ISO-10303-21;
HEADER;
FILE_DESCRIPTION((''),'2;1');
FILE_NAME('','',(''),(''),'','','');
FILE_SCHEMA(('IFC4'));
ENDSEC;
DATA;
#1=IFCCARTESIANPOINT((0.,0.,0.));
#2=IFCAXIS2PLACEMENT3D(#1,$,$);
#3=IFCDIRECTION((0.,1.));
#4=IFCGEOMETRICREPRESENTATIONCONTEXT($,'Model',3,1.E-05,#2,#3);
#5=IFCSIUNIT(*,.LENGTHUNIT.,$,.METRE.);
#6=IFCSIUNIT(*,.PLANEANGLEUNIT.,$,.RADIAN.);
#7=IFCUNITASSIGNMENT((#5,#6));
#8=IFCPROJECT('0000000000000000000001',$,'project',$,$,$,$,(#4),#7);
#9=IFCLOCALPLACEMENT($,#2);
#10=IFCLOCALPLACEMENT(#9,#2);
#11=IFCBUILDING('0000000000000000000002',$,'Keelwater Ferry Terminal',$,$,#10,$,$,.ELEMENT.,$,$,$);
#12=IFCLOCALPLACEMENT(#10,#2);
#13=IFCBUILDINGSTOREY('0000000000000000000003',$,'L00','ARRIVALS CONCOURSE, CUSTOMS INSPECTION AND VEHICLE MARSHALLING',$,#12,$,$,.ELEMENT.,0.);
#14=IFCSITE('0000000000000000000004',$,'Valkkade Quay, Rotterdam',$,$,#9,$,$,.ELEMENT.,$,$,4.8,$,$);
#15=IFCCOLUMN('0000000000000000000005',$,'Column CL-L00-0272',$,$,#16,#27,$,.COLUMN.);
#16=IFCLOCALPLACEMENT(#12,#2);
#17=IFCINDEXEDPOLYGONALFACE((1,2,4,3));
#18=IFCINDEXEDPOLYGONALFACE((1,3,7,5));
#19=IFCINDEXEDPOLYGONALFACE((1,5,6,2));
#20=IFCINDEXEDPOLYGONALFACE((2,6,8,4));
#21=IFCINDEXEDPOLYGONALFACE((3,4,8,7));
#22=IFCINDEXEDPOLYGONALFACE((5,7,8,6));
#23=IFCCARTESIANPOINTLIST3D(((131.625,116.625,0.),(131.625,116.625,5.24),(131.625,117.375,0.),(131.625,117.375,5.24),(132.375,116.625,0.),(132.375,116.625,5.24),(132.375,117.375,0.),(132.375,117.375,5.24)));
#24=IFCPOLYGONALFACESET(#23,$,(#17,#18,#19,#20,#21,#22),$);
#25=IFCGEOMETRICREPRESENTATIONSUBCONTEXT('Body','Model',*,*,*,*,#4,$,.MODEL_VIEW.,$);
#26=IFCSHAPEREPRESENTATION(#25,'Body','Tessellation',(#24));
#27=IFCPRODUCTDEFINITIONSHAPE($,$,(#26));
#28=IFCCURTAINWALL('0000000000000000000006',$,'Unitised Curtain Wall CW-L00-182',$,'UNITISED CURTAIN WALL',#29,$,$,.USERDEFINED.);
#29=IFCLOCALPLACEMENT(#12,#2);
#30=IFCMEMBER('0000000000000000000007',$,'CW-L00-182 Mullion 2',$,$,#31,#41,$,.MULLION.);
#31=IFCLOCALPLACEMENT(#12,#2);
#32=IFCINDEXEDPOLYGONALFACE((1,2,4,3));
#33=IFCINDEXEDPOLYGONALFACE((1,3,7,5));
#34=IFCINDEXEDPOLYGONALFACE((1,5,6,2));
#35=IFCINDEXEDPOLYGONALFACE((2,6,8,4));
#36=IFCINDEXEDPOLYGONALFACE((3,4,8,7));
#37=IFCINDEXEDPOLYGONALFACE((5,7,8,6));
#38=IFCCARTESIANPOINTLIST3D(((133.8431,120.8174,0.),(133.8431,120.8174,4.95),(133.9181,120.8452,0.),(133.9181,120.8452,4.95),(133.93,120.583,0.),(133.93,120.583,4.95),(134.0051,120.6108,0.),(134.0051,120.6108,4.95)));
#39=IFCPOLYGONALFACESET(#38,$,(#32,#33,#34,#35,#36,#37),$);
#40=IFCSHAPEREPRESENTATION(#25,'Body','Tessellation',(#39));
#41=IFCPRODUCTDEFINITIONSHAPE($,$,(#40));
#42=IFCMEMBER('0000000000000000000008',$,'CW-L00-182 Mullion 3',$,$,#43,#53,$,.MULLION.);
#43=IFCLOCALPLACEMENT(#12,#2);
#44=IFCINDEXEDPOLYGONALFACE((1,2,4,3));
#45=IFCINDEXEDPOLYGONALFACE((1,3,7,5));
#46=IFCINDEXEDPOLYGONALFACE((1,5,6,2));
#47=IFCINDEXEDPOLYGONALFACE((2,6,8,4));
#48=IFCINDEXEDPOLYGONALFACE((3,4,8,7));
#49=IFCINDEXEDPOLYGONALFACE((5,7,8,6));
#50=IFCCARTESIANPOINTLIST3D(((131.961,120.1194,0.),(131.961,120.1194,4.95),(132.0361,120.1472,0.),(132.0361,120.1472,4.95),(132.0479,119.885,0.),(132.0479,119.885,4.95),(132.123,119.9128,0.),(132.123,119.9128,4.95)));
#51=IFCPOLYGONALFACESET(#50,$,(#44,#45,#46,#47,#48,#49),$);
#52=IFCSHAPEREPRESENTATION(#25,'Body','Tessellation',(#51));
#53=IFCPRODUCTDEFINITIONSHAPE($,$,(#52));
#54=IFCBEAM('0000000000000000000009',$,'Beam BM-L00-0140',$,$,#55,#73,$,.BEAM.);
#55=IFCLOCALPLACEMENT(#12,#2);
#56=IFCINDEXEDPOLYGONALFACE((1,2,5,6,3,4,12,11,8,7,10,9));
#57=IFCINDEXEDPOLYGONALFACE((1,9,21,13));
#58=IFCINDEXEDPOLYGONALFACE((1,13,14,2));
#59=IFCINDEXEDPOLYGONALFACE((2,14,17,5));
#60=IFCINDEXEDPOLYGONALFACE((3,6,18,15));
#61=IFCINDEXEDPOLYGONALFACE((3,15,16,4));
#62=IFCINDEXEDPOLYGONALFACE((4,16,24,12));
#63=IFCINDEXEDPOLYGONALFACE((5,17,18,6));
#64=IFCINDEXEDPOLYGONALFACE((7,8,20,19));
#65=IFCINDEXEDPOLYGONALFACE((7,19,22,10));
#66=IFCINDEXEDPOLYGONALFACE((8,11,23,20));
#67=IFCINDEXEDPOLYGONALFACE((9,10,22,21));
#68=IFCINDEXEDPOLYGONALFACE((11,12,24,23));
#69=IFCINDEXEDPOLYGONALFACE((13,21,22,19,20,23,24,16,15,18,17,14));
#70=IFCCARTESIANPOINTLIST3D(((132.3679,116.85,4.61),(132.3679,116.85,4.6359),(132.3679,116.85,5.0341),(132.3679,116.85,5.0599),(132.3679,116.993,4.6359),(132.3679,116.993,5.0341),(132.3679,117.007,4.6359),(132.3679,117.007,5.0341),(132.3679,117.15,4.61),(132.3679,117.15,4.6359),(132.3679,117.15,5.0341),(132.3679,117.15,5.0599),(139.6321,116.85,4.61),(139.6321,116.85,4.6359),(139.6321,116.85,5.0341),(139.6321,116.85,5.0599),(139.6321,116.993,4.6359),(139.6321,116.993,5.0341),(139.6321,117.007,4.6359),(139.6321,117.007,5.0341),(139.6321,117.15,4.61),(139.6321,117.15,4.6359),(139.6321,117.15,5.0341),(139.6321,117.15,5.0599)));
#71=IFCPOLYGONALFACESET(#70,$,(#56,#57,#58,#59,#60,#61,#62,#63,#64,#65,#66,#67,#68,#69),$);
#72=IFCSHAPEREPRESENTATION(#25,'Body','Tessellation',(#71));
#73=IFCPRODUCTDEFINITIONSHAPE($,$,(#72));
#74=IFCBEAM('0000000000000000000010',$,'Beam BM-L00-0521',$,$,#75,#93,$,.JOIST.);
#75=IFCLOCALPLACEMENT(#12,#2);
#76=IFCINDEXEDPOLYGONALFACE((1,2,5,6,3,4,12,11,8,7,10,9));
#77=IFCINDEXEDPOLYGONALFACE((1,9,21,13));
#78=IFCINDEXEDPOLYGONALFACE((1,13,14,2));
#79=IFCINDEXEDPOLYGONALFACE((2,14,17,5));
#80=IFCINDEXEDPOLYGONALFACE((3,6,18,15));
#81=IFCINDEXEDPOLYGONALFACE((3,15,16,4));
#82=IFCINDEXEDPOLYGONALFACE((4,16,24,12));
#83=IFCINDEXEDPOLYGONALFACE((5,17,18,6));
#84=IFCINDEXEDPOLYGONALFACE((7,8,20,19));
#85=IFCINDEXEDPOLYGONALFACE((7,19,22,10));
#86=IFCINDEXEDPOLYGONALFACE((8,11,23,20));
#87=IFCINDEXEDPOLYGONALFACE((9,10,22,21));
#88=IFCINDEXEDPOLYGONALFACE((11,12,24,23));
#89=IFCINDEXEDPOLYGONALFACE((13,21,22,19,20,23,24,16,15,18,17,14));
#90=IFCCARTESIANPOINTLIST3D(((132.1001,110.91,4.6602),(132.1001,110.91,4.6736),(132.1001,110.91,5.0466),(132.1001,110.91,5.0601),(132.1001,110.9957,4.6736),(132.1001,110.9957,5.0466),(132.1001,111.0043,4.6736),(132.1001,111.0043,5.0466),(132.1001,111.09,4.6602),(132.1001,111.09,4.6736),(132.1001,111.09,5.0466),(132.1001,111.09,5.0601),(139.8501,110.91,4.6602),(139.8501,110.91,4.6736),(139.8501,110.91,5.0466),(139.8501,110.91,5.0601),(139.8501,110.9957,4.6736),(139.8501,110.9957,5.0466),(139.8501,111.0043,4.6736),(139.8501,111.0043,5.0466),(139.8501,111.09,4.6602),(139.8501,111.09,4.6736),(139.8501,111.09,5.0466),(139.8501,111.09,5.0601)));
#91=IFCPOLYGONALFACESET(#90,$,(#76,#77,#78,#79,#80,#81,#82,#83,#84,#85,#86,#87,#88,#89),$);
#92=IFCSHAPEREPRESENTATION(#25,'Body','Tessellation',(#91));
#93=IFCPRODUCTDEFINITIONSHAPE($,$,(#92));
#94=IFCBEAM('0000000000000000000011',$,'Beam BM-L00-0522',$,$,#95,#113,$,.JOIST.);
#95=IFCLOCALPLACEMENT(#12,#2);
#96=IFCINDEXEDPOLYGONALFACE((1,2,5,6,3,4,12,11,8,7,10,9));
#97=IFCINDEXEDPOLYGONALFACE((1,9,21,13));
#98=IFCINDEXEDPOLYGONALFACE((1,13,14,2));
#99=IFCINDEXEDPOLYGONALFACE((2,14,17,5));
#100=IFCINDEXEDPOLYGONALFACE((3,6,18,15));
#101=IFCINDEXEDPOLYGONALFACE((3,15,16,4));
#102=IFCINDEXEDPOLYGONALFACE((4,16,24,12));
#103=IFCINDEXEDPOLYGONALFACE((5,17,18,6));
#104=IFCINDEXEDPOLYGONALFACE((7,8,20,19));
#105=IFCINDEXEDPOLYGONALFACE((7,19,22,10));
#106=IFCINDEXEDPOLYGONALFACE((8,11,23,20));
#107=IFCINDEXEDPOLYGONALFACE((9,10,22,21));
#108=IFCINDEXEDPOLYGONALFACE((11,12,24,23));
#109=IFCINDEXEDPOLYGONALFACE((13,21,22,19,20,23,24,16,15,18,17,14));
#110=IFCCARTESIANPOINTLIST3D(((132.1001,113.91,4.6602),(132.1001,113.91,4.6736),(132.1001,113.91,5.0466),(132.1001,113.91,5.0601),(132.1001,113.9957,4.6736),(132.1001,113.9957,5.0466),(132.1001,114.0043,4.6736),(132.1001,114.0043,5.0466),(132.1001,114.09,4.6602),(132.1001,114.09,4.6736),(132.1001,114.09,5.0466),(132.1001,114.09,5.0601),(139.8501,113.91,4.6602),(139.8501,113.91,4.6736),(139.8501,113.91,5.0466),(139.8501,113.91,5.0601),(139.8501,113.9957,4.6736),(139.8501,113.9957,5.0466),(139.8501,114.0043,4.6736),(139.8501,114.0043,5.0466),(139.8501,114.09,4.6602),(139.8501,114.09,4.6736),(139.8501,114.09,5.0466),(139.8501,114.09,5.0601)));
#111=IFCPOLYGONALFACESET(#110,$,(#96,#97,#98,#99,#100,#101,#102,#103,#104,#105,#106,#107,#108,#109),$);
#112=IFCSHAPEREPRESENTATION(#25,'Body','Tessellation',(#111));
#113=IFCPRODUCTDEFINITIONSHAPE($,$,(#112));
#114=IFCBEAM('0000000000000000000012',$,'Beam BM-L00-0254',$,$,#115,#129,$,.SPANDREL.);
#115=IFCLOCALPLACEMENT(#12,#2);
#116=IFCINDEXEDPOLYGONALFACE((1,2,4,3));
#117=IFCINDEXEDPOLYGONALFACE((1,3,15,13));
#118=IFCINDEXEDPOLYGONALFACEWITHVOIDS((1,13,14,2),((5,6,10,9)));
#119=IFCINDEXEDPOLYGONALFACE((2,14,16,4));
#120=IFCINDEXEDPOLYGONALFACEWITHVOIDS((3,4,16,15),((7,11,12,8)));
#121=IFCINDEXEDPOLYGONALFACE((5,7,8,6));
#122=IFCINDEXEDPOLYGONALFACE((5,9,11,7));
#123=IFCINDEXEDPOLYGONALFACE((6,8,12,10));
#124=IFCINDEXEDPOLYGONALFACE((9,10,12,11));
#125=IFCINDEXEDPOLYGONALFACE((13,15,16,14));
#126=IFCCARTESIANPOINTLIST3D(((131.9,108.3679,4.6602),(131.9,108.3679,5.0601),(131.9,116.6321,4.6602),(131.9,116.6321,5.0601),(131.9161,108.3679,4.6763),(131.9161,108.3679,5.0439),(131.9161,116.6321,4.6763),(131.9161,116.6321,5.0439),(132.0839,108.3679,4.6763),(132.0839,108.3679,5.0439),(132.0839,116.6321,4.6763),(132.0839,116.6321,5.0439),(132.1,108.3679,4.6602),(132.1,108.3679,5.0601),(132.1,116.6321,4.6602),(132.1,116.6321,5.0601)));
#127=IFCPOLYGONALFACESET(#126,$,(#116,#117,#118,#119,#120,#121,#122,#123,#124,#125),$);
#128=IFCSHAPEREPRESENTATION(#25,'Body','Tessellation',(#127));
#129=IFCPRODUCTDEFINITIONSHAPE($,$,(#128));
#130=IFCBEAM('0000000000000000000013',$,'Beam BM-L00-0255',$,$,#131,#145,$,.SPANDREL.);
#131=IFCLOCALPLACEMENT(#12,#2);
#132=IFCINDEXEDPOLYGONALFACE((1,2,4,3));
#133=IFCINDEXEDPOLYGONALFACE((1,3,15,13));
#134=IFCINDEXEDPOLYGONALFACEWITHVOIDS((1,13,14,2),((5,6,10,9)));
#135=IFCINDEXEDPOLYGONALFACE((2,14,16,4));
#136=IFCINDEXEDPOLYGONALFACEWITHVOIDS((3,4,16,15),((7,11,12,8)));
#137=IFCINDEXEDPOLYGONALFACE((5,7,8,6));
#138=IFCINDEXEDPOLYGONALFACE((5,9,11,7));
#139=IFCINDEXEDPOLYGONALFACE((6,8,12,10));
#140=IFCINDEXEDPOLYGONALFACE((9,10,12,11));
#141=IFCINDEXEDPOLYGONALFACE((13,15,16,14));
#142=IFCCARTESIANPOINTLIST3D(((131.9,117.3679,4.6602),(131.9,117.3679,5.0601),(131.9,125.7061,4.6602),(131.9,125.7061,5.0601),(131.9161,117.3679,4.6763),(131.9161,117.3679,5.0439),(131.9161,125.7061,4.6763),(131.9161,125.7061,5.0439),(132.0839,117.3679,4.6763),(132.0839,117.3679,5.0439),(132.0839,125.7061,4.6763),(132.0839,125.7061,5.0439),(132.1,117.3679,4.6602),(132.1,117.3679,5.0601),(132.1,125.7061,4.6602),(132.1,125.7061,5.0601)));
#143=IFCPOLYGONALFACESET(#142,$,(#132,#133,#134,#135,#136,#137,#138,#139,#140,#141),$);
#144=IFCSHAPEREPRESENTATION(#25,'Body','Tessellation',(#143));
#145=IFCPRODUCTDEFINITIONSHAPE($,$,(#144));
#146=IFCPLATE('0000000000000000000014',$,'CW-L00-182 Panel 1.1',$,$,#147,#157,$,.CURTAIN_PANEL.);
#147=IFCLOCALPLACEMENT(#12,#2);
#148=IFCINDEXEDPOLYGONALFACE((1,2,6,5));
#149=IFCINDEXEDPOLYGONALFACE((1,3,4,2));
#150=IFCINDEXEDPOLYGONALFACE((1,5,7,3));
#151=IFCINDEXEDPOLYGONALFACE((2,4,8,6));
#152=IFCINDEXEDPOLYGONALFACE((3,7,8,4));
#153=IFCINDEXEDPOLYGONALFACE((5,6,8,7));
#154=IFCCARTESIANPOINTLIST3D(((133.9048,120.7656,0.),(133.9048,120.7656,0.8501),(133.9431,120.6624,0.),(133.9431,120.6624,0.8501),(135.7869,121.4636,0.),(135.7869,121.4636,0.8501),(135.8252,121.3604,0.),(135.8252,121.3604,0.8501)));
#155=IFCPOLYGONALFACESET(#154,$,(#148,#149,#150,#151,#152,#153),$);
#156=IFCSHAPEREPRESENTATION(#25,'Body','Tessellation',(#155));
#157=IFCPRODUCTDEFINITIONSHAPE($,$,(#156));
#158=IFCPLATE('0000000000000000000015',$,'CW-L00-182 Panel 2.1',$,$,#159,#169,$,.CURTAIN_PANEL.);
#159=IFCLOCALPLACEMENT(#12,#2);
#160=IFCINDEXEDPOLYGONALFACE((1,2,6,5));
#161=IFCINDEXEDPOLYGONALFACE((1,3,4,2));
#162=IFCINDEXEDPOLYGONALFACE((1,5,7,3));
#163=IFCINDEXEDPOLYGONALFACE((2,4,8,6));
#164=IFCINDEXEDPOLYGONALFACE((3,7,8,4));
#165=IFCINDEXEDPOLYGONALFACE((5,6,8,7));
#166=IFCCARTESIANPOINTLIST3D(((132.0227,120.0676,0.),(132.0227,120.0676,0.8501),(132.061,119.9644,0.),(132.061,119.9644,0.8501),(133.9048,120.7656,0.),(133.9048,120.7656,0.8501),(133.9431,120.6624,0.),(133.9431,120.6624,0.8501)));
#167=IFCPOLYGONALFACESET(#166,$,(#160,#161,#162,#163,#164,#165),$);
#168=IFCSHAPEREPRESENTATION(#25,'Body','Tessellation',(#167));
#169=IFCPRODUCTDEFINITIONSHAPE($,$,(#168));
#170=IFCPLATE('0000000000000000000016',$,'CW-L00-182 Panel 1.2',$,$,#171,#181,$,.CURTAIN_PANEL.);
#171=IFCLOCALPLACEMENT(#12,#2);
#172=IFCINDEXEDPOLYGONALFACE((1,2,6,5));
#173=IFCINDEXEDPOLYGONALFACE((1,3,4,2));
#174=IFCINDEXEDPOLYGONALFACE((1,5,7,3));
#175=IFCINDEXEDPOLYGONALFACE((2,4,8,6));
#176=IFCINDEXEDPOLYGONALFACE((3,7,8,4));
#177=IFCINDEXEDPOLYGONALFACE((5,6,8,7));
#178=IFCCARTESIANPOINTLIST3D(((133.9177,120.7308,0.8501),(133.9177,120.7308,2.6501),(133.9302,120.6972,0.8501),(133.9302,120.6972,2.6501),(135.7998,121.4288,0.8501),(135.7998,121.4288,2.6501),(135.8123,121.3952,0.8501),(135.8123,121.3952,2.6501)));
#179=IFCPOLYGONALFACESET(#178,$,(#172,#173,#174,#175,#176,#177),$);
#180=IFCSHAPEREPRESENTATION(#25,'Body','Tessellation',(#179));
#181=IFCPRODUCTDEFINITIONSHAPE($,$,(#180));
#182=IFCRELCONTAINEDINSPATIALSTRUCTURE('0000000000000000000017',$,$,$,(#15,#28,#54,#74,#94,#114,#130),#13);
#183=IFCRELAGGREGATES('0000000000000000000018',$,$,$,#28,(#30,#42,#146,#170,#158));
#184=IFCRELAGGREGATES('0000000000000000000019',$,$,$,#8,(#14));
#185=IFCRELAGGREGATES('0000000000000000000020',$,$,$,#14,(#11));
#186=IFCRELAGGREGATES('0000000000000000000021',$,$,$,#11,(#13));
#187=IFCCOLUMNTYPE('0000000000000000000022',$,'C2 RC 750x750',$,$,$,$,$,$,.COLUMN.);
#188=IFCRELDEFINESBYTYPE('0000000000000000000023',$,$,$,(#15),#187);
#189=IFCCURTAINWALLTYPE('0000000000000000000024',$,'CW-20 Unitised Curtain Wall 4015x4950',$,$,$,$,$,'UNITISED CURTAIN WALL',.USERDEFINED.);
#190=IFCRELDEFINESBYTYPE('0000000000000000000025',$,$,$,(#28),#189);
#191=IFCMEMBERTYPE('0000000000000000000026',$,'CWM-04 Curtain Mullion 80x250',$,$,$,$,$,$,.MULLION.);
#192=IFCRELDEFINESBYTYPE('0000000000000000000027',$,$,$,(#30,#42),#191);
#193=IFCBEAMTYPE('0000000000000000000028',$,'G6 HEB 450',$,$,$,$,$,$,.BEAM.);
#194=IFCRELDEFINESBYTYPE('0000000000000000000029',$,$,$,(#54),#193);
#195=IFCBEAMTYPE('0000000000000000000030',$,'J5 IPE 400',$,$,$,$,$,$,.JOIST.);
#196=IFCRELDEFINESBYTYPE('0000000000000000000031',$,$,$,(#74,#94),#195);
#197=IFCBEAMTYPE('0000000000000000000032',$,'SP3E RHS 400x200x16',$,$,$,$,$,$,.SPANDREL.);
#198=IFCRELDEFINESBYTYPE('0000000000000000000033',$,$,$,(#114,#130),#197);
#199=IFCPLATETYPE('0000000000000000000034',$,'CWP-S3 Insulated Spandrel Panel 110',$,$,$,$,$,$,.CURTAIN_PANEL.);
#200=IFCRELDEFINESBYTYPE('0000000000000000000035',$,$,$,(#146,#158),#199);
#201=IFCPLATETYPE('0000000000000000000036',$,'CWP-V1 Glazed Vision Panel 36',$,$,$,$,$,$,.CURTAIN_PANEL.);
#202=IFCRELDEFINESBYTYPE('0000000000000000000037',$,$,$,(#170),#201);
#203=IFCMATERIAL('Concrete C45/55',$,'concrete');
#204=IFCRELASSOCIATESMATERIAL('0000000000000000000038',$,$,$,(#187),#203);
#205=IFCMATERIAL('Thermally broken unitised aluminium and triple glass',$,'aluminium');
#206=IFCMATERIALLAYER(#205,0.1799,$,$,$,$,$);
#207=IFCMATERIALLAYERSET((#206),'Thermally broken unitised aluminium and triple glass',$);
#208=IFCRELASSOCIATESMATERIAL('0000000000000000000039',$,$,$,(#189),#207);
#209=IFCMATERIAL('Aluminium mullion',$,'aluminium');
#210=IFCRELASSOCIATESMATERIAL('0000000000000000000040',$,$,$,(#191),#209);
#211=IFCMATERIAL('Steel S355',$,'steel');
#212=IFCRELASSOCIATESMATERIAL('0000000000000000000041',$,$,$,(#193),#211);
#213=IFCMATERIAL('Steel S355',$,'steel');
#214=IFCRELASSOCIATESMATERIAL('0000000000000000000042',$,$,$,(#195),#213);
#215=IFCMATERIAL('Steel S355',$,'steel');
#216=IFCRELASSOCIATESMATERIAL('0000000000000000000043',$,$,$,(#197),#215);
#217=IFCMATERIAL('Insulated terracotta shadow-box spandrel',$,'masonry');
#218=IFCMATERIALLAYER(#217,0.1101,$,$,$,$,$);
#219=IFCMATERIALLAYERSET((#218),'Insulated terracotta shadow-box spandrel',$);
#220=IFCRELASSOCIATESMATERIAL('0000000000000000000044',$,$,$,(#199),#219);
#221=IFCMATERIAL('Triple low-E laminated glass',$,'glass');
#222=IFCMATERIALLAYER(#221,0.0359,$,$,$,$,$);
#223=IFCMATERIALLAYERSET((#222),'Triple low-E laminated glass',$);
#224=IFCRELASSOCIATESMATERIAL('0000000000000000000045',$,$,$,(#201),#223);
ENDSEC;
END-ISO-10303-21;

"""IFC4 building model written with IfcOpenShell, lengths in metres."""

from ifc_helpers import new_model, si_unit, direction, frame, origin, origin_2d, place, context, subcontext, project, spatial, rectangle, hollow_rectangle, i_section, extrude, material, layer, layer_set, material_profile, profile_set, type_object, element, aggregate, save


model = new_model("IFC4")

# Units and contexts
model_context = context("Model", 3, precision=1e-05, world=origin(), true_north=direction((0.0, 1.0)))
body_context = subcontext(model_context, "Body", "Model", "MODEL_VIEW")
ifc_project = project(units=[si_unit("LENGTHUNIT", "METRE"), si_unit("PLANEANGLEUNIT", "RADIAN")], contexts=[model_context])

# Site, building, storey
site_placement = place(None, origin())
site = spatial("IfcSite", under=ifc_project, at=site_placement, Name="Valkkade Quay, Rotterdam", CompositionType="ELEMENT", RefElevation=4.8)
building_placement = place(site_placement, origin())
building = spatial("IfcBuilding", under=site, at=building_placement, Name="Keelwater Ferry Terminal", CompositionType="ELEMENT")
storey_placement = place(building_placement, origin())
storey = spatial("IfcBuildingStorey", under=building, at=storey_placement, Name="L00", Description="ARRIVALS CONCOURSE, CUSTOMS INSPECTION AND VEHICLE MARSHALLING", CompositionType="ELEMENT", Elevation=0.0)

# Column
ifc_material_1 = material(Name="Concrete C45/55", Category="concrete")
ifc_material_profile_1 = material_profile(ifc_material_1, rectangle(XDim=0.75, YDim=0.75, at=origin_2d()), Name="RC 750x750")
ifc_profile_set_1 = profile_set([ifc_material_profile_1], Name="Concrete C45/55")
column_type = type_object("IfcColumnType", Name="C2 RC 750x750", PredefinedType="COLUMN", material=ifc_profile_set_1)
column_placement = place(storey_placement, frame((132.0, 117.0, 0.0), z_axis=(0.0, 0.0, 1.0), x_axis=(1.0, 0.0, 0.0)))
element("IfcColumn", 1, at=column_placement, inside=storey, type_object=column_type, Name="Column CL-L00-0272", PredefinedType="COLUMN", context=body_context, shape_type="SweptSolid", body=[
    extrude(rectangle(XDim=0.75, YDim=0.75, at=origin_2d()), origin(), (0.0, 0.0, 1.0), 5.24),
])

# Curtain wall, members
ifc_material_2 = material(Name="Thermally broken unitised aluminium and triple glass", Category="aluminium")
ifc_layer_1 = layer(ifc_material_2, 0.1799)
ifc_layer_set_1 = layer_set([ifc_layer_1], Name="Thermally broken unitised aluminium and triple glass")
curtain_wall_type = type_object("IfcCurtainWallType", Name="CW-20 Unitised Curtain Wall 4015x4950", ElementType="UNITISED CURTAIN WALL", PredefinedType="USERDEFINED", material=ifc_layer_set_1)
curtain_wall_placement = place(storey_placement, origin())
curtain_wall = element("IfcCurtainWall", 2, at=curtain_wall_placement, inside=storey, type_object=curtain_wall_type, Name="Unitised Curtain Wall CW-L00-182", ObjectType="UNITISED CURTAIN WALL", PredefinedType="USERDEFINED")
ifc_material_3 = material(Name="Aluminium mullion", Category="aluminium")
ifc_material_profile_2 = material_profile(ifc_material_3, rectangle(XDim=0.0801, YDim=0.25, at=origin_2d()), Name="CWM-04")
ifc_profile_set_2 = profile_set([ifc_material_profile_2], Name="Aluminium mullion")
member_type = type_object("IfcMemberType", Name="CWM-04 Curtain Mullion 80x250", PredefinedType="MULLION", material=ifc_profile_set_2)
member_1_placement = place(storey_placement, frame((133.9241, 120.7141, 0.0), z_axis=(0.0, 0.0, 1.0), x_axis=(-0.937592, -0.347736, 0.0)))
member_1 = element("IfcMember", 3, at=member_1_placement, type_object=member_type, Name="CW-L00-182 Mullion 2", PredefinedType="MULLION", context=body_context, shape_type="SweptSolid", body=[
    extrude(rectangle(XDim=0.0801, YDim=0.25, at=origin_2d()), origin(), (0.0, 0.0, 1.0), 4.95),
])
member_2_placement = place(storey_placement, frame((132.042, 120.0161, 0.0), z_axis=(0.0, 0.0, 1.0), x_axis=(-0.937592, -0.347736, 0.0)))
member_2 = element("IfcMember", 4, at=member_2_placement, type_object=member_type, Name="CW-L00-182 Mullion 3", PredefinedType="MULLION", context=body_context, shape_type="SweptSolid", body=[
    extrude(rectangle(XDim=0.0801, YDim=0.25, at=origin_2d()), origin(), (0.0, 0.0, 1.0), 4.95),
])

# Beams
ifc_material_4 = material(Name="Steel S355", Category="steel")
ifc_material_profile_3 = material_profile(ifc_material_4, i_section(OverallWidth=0.3, OverallDepth=0.45, WebThickness=0.0139, FlangeThickness=0.0259, at=origin_2d()), Name="HEB 450")
ifc_profile_set_3 = profile_set([ifc_material_profile_3], Name="Steel S355")
beam_type_1 = type_object("IfcBeamType", Name="G6 HEB 450", PredefinedType="BEAM", material=ifc_profile_set_3)
beam_1_placement = place(storey_placement, frame((132.3679, 117.0, 4.835), z_axis=(1.0, 0.0, 0.0), x_axis=(0.0, 1.0, 0.0)))
element("IfcBeam", 5, at=beam_1_placement, inside=storey, type_object=beam_type_1, Name="Beam BM-L00-0140", PredefinedType="BEAM", context=body_context, shape_type="SweptSolid", body=[
    extrude(i_section(OverallWidth=0.3, OverallDepth=0.45, WebThickness=0.0139, FlangeThickness=0.0259, at=origin_2d()), origin(), (0.0, 0.0, 1.0), 7.2642),
])
ifc_material_5 = material(Name="Steel S355", Category="steel")
ifc_material_profile_4 = material_profile(ifc_material_5, i_section(OverallWidth=0.1799, OverallDepth=0.3999, WebThickness=0.0085, FlangeThickness=0.0134, at=origin_2d()), Name="IPE 400")
ifc_profile_set_4 = profile_set([ifc_material_profile_4], Name="Steel S355")
beam_type_2 = type_object("IfcBeamType", Name="J5 IPE 400", PredefinedType="JOIST", material=ifc_profile_set_4)
for number, where, z_axis, x_axis, name in (
    (6, (132.1001, 111.0, 4.8601), (1.0, 0.0, 0.0), (0.0, 1.0, 0.0), "Beam BM-L00-0521"),
    (7, (132.1001, 114.0, 4.8601), (1.0, 0.0, 0.0), (0.0, 1.0, 0.0), "Beam BM-L00-0522"),
):
    element("IfcBeam", number, at=place(storey_placement, frame(where, z_axis=z_axis, x_axis=x_axis)), inside=storey, type_object=beam_type_2, Name=name, PredefinedType="JOIST", context=body_context, shape_type="SweptSolid", body=[
        extrude(i_section(OverallWidth=0.1799, OverallDepth=0.3999, WebThickness=0.0085, FlangeThickness=0.0134, at=origin_2d()), origin(), (0.0, 0.0, 1.0), 7.75),
    ])
ifc_material_6 = material(Name="Steel S355", Category="steel")
ifc_material_profile_5 = material_profile(ifc_material_6, hollow_rectangle(XDim=0.2, YDim=0.3999, WallThickness=0.0161, at=origin_2d()), Name="RHS 400x200x16")
ifc_profile_set_5 = profile_set([ifc_material_profile_5], Name="Steel S355")
beam_type_3 = type_object("IfcBeamType", Name="SP3E RHS 400x200x16", PredefinedType="SPANDREL", material=ifc_profile_set_5)
beam_2_placement = place(storey_placement, frame((132.0, 108.3679, 4.8601), z_axis=(0.0, 1.0, 0.0), x_axis=(-1.0, 0.0, 0.0)))
element("IfcBeam", 8, at=beam_2_placement, inside=storey, type_object=beam_type_3, Name="Beam BM-L00-0254", PredefinedType="SPANDREL", context=body_context, shape_type="SweptSolid", body=[
    extrude(hollow_rectangle(XDim=0.2, YDim=0.3999, WallThickness=0.0161, at=origin_2d()), origin(), (0.0, 0.0, 1.0), 8.2642),
])
beam_3_placement = place(storey_placement, frame((132.0, 117.3679, 4.8601), z_axis=(0.0, 1.0, 0.0), x_axis=(-1.0, 0.0, 0.0)))
element("IfcBeam", 9, at=beam_3_placement, inside=storey, type_object=beam_type_3, Name="Beam BM-L00-0255", PredefinedType="SPANDREL", context=body_context, shape_type="SweptSolid", body=[
    extrude(hollow_rectangle(XDim=0.2, YDim=0.3999, WallThickness=0.0161, at=origin_2d()), origin(), (0.0, 0.0, 1.0), 8.3381),
])

# Plates
ifc_material_7 = material(Name="Insulated terracotta shadow-box spandrel", Category="masonry")
ifc_layer_2 = layer(ifc_material_7, 0.1101)
ifc_layer_set_2 = layer_set([ifc_layer_2], Name="Insulated terracotta shadow-box spandrel")
plate_type_1 = type_object("IfcPlateType", Name="CWP-S3 Insulated Spandrel Panel 110", PredefinedType="CURTAIN_PANEL", material=ifc_layer_set_2)
plate_1_placement = place(storey_placement, frame((134.865, 121.063, 0.0), z_axis=(0.0, 0.0, 1.0), x_axis=(-0.937592, -0.347736, 0.0)))
plate_1 = element("IfcPlate", 10, at=plate_1_placement, type_object=plate_type_1, Name="CW-L00-182 Panel 1.1", PredefinedType="CURTAIN_PANEL", context=body_context, shape_type="SweptSolid", body=[
    extrude(rectangle(XDim=2.0073, YDim=0.1101, at=origin_2d()), origin(), (0.0, 0.0, 1.0), 0.8501),
])
plate_2_placement = place(storey_placement, frame((132.9829, 120.365, 0.0), z_axis=(0.0, 0.0, 1.0), x_axis=(-0.937592, -0.347736, 0.0)))
plate_2 = element("IfcPlate", 11, at=plate_2_placement, type_object=plate_type_1, Name="CW-L00-182 Panel 2.1", PredefinedType="CURTAIN_PANEL", context=body_context, shape_type="SweptSolid", body=[
    extrude(rectangle(XDim=2.0073, YDim=0.1101, at=origin_2d()), origin(), (0.0, 0.0, 1.0), 0.8501),
])
ifc_material_8 = material(Name="Triple low-E laminated glass", Category="glass")
ifc_layer_3 = layer(ifc_material_8, 0.0359)
ifc_layer_set_3 = layer_set([ifc_layer_3], Name="Triple low-E laminated glass")
plate_type_2 = type_object("IfcPlateType", Name="CWP-V1 Glazed Vision Panel 36", PredefinedType="CURTAIN_PANEL", material=ifc_layer_set_3)
plate_3_placement = place(storey_placement, frame((134.865, 121.063, 0.8501), z_axis=(0.0, 0.0, 1.0), x_axis=(-0.937592, -0.347736, 0.0)))
plate_3 = element("IfcPlate", 12, at=plate_3_placement, type_object=plate_type_2, Name="CW-L00-182 Panel 1.2", PredefinedType="CURTAIN_PANEL", context=body_context, shape_type="SweptSolid", body=[
    extrude(rectangle(XDim=2.0073, YDim=0.0359, at=origin_2d()), origin(), (0.0, 0.0, 1.0), 1.8),
])
aggregate(curtain_wall, [member_1, member_2, plate_1, plate_3, plate_2])

save(model, "model.ifc")
